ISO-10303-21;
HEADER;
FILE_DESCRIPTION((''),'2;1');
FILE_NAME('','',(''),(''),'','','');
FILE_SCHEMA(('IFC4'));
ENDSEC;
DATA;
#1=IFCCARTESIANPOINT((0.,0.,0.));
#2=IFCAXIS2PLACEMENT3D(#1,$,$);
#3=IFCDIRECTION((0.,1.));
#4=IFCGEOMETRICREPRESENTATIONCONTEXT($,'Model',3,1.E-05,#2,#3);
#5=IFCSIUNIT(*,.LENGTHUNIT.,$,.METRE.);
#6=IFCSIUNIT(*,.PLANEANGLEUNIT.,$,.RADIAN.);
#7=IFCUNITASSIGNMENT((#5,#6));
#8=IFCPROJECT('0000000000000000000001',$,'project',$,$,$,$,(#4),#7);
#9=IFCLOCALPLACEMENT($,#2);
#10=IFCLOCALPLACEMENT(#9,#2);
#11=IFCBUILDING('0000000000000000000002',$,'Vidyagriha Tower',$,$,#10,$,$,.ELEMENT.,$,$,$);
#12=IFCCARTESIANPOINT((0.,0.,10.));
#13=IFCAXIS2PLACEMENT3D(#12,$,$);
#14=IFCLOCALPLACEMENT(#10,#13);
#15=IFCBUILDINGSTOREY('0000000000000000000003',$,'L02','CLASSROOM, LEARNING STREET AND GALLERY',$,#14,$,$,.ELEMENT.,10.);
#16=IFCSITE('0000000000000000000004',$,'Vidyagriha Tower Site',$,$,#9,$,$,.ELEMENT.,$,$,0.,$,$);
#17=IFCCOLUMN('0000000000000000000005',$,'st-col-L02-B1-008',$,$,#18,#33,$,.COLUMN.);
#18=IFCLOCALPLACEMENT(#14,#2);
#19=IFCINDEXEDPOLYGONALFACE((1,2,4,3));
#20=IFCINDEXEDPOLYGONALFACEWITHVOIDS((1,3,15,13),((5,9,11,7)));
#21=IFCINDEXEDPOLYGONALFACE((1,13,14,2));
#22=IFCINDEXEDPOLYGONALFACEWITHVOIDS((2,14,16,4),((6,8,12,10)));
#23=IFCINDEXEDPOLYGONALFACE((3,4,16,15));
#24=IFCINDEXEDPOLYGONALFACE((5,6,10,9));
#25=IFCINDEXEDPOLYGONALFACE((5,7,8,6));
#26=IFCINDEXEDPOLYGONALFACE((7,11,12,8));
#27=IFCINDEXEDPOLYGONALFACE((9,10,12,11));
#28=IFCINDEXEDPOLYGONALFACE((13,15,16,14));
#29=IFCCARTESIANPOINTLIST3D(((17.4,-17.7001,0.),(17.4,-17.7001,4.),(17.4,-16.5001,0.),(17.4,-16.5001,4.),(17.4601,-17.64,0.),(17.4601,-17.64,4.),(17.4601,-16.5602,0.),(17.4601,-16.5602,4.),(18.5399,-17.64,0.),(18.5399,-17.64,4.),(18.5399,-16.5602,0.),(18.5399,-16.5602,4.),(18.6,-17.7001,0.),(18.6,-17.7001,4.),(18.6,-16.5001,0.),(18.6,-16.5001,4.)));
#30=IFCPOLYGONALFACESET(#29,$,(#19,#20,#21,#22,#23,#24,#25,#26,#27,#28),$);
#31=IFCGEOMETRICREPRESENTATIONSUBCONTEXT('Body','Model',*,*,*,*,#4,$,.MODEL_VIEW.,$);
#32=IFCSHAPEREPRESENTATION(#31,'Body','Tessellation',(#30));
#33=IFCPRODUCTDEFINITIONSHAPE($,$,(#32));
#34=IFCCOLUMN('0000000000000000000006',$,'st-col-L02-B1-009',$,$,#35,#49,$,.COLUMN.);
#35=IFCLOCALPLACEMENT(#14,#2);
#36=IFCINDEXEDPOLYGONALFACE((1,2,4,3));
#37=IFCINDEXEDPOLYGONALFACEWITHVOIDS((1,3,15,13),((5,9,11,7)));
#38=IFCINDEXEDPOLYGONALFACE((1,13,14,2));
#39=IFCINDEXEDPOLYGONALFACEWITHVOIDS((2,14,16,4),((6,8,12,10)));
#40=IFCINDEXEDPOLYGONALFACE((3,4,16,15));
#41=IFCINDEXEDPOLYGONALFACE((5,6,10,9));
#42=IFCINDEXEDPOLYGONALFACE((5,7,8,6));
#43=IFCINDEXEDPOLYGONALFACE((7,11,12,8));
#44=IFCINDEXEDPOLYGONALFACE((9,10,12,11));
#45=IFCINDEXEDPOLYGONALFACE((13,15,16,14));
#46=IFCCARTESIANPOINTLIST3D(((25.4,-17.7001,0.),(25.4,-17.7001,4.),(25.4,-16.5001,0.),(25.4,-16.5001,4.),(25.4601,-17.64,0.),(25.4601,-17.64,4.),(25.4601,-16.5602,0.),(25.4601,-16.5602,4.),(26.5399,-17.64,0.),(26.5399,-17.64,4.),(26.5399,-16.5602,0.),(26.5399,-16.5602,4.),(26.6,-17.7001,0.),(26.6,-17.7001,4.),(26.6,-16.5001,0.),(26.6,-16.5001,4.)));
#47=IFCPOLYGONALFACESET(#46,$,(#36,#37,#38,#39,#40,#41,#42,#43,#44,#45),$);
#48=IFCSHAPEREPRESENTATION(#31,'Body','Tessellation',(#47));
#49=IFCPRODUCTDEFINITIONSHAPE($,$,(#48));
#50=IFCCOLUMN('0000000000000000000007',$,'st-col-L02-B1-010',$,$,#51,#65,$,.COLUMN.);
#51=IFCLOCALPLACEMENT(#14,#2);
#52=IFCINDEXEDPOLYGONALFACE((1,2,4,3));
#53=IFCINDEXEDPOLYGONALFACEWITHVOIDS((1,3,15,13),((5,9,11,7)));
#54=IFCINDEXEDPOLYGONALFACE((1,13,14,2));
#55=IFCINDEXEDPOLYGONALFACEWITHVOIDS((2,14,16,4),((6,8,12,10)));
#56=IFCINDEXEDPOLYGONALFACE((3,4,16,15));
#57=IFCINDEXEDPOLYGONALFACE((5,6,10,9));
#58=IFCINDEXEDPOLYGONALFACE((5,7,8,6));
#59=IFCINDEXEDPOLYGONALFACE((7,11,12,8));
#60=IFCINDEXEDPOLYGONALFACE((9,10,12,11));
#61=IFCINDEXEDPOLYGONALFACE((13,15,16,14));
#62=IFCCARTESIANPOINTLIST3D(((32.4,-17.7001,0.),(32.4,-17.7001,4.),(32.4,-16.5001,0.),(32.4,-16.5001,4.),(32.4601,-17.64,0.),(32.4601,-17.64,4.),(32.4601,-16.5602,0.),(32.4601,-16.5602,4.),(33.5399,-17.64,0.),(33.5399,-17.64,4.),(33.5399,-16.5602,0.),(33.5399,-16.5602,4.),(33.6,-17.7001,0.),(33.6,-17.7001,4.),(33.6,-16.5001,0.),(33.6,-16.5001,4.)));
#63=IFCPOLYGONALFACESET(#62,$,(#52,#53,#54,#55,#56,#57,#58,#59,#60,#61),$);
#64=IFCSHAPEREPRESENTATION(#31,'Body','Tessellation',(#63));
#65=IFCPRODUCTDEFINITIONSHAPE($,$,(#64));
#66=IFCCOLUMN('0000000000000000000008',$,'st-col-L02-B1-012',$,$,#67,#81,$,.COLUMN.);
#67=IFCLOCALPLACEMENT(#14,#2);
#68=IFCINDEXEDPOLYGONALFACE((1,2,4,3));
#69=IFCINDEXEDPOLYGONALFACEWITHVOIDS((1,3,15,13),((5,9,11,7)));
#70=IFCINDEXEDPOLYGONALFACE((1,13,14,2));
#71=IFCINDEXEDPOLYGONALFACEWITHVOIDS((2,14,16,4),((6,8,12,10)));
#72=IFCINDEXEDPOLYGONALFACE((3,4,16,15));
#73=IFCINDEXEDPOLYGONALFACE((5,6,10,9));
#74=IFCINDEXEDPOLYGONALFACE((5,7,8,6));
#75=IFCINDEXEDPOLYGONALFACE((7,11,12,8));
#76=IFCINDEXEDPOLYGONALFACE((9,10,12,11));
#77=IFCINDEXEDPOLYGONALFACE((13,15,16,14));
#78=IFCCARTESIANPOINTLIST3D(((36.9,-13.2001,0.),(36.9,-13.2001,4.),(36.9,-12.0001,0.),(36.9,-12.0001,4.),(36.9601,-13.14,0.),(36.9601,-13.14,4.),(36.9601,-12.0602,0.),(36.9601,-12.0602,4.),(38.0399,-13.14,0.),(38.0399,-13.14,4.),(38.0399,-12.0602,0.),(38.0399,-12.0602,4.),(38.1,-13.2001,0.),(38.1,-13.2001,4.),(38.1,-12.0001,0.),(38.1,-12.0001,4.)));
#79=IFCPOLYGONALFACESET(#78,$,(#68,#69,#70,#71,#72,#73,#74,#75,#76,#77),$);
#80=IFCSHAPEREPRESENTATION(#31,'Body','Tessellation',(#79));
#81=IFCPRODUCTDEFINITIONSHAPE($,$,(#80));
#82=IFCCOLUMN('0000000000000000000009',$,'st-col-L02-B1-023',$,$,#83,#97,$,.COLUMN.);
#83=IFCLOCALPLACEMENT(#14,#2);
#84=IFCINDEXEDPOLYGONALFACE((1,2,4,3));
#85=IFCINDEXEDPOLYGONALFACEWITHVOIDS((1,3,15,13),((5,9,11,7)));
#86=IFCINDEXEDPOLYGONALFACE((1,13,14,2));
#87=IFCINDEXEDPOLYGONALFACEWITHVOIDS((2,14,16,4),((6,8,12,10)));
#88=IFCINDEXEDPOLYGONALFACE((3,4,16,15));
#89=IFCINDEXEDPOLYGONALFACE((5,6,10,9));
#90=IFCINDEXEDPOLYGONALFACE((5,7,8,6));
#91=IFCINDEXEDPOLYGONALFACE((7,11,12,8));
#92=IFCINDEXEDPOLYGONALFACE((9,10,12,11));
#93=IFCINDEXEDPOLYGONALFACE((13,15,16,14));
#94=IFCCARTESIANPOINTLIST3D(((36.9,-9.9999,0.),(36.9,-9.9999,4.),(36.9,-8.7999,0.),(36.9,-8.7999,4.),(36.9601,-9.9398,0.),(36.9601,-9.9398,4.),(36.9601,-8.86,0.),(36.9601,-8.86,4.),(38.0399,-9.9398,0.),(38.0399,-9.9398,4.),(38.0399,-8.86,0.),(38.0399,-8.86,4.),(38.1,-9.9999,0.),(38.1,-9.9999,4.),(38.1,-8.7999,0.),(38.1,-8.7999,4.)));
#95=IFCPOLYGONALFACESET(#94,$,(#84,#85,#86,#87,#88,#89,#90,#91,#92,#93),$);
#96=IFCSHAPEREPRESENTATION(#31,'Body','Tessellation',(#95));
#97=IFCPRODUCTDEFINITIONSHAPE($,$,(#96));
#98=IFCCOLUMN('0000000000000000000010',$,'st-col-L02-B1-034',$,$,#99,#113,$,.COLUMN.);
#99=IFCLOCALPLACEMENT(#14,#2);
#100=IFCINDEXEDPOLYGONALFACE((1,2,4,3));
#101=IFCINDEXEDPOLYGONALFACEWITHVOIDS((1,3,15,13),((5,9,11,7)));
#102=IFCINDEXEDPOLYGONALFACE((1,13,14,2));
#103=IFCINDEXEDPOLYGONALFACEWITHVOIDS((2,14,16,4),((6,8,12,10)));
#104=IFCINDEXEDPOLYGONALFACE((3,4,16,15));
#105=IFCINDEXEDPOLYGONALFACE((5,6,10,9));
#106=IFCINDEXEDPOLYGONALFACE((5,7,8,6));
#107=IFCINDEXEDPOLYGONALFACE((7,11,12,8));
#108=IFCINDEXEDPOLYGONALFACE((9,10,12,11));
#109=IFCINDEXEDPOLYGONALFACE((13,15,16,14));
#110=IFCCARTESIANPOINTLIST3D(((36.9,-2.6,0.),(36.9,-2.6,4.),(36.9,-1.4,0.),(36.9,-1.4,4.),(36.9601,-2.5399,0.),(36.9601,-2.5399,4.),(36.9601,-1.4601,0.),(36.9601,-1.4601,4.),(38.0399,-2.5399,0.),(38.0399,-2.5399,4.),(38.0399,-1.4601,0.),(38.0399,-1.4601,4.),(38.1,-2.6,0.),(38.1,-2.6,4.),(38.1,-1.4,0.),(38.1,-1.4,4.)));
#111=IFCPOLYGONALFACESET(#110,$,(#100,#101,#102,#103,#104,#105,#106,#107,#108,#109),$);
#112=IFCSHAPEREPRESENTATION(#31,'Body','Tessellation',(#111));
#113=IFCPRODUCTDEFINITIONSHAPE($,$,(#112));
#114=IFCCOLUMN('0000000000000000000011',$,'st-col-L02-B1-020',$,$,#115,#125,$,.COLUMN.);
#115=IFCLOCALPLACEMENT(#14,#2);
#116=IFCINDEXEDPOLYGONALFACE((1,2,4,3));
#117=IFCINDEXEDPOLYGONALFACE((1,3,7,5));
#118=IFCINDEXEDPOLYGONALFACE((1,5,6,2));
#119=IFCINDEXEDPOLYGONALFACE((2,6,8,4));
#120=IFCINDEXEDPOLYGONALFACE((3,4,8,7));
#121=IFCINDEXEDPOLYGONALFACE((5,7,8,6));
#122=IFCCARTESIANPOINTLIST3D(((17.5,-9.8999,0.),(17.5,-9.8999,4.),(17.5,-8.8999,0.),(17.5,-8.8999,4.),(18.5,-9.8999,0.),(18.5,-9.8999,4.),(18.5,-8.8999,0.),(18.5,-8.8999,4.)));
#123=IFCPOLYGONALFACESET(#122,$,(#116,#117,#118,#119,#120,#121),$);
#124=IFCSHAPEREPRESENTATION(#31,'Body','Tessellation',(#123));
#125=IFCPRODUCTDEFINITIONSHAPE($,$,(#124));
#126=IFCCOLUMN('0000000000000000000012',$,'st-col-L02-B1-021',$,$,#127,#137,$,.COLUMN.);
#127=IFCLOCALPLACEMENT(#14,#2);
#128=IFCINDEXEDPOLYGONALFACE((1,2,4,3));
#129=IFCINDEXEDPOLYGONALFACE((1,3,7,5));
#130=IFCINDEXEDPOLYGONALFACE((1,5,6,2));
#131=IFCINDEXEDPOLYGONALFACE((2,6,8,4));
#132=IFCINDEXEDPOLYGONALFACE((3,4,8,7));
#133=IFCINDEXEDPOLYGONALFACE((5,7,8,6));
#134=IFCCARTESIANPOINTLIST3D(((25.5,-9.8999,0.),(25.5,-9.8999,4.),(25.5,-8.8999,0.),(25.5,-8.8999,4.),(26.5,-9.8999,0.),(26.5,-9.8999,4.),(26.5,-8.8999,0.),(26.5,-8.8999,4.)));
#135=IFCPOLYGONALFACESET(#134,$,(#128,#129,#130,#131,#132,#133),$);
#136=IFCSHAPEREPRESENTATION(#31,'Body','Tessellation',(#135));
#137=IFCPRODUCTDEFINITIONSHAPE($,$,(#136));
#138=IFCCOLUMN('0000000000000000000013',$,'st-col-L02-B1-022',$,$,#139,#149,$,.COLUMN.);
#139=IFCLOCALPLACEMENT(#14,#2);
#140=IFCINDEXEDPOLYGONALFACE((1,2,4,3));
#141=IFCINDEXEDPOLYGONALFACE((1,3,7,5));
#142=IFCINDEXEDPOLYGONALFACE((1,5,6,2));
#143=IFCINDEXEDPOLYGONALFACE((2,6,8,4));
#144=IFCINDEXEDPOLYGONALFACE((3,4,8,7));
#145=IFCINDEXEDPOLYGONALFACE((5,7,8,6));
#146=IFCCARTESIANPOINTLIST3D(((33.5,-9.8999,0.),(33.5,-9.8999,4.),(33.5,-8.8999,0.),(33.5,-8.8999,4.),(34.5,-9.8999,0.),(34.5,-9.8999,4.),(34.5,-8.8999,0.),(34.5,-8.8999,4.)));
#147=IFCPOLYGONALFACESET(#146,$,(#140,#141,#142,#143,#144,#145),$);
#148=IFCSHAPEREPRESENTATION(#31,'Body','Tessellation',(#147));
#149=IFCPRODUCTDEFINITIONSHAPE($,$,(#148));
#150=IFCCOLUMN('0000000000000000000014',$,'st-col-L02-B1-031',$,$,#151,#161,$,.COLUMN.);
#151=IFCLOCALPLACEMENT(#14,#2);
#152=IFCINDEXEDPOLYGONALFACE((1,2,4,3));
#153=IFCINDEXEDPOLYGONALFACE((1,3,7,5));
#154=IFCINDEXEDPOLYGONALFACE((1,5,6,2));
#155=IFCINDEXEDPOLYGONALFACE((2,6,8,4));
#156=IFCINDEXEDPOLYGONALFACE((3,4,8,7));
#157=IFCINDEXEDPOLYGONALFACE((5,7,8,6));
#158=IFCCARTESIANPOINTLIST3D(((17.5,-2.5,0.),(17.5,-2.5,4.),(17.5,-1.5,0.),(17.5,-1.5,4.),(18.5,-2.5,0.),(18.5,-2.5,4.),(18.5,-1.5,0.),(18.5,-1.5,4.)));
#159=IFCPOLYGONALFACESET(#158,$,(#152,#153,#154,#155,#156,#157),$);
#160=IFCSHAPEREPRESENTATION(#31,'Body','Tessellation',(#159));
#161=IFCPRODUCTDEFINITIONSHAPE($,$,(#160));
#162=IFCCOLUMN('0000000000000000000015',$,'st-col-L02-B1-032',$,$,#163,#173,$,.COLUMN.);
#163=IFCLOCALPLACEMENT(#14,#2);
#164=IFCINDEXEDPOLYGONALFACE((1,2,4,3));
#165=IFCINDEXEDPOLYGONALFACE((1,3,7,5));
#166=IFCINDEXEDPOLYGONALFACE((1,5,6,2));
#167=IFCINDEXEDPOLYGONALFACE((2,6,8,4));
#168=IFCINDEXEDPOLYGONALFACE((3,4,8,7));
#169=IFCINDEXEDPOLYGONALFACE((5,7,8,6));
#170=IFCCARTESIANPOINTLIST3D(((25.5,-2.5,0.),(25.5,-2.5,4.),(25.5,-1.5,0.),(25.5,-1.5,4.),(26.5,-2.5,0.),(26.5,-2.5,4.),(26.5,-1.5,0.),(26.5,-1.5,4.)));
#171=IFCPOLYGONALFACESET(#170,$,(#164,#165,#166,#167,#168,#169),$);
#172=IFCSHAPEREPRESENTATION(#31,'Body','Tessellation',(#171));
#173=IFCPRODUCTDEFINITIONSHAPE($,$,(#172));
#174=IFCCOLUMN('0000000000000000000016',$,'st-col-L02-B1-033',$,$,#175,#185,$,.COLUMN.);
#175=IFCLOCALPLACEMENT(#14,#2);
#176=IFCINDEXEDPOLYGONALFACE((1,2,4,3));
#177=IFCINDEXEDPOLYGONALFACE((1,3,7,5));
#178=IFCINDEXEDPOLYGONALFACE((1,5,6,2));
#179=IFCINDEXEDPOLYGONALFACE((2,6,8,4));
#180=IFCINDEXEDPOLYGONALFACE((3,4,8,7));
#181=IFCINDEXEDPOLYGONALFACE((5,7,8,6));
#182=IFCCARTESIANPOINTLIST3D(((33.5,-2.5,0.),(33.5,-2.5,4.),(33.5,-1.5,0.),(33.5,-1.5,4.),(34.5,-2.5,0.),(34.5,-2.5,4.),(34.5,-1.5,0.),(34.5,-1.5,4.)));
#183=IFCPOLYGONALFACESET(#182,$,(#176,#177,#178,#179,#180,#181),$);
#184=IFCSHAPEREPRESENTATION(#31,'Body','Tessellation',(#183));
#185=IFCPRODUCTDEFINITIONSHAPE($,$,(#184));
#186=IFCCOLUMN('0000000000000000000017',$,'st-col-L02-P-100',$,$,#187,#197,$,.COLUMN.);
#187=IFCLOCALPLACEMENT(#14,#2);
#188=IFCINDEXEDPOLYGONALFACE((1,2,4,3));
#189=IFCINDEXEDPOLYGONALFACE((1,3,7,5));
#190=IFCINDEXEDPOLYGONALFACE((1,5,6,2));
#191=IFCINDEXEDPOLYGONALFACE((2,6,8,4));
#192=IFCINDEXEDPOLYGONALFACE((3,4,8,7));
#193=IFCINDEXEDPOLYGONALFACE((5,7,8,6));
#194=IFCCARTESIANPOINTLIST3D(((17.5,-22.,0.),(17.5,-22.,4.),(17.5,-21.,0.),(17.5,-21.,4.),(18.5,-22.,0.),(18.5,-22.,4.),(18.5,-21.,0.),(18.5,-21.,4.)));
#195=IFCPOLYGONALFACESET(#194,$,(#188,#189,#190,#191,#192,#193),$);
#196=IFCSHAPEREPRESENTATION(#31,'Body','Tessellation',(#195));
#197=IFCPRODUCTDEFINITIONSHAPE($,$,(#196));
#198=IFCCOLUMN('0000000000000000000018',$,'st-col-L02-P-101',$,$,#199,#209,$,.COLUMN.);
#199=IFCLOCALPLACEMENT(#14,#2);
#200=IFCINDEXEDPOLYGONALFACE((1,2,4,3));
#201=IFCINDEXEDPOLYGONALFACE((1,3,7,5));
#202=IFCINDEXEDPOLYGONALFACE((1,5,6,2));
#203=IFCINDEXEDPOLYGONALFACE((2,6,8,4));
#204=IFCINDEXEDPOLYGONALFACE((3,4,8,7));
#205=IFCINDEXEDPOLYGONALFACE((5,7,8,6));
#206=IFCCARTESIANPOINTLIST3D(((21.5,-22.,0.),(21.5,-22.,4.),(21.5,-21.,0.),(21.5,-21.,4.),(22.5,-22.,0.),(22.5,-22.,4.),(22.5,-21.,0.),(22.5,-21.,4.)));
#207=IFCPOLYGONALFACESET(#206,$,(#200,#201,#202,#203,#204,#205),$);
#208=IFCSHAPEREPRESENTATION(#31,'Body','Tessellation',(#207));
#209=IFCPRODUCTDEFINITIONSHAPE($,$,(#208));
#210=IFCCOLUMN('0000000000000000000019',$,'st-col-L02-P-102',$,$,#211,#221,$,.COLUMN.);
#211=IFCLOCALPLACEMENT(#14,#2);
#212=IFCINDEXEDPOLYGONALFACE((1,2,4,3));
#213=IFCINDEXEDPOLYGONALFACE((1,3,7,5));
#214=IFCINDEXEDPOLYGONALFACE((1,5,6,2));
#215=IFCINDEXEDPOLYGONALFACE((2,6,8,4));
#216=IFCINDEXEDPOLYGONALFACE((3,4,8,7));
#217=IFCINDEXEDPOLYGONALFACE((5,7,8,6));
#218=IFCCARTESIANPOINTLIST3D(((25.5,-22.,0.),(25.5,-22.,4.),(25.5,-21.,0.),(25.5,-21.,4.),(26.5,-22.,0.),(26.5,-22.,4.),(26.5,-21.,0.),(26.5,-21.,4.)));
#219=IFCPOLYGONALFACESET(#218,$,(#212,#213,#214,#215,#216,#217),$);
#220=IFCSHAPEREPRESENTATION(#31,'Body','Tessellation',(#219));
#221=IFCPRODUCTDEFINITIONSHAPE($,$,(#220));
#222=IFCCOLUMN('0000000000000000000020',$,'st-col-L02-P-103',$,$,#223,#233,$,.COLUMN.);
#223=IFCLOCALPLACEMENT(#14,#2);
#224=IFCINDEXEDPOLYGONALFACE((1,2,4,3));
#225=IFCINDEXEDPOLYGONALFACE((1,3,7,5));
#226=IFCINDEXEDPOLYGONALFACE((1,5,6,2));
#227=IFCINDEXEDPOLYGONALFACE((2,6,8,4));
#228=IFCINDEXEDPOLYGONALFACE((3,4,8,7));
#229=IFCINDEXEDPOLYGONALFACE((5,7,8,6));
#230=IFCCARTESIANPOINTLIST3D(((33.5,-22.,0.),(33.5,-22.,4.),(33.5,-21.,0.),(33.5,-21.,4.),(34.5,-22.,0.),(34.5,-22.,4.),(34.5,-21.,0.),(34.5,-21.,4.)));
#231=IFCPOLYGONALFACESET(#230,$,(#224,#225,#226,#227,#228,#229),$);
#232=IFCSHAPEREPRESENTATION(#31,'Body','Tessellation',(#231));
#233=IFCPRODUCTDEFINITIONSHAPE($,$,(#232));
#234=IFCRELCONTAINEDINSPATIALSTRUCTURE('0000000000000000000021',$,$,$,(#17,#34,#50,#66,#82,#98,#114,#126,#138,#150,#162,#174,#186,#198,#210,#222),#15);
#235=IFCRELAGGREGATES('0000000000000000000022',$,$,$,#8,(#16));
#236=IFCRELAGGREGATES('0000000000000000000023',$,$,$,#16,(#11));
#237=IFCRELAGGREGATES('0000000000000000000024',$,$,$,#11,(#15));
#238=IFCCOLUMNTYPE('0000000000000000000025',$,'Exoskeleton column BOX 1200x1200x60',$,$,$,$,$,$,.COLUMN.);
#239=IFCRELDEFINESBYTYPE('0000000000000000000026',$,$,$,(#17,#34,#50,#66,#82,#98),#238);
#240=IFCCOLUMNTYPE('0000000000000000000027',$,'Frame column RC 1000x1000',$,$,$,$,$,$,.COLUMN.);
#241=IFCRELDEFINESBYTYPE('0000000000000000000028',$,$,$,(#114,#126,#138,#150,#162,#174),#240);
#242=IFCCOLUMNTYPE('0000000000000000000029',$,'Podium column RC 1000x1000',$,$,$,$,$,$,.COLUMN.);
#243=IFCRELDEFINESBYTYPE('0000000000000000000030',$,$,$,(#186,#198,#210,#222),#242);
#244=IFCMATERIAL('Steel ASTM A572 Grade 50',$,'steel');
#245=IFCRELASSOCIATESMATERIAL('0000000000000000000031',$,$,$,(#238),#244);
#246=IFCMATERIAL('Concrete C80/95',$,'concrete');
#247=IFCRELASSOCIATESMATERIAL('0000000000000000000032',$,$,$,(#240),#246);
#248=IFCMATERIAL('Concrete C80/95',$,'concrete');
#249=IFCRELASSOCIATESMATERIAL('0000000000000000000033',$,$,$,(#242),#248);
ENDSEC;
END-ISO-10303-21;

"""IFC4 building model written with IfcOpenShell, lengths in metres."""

from ifc_helpers import new_model, si_unit, direction, frame, origin, origin_2d, place, context, subcontext, project, spatial, rectangle, hollow_rectangle, extrude, material, material_profile, profile_set, type_object, element, save


model = new_model("IFC4")

# Units and contexts
model_context = context("Model", 3, precision=1e-05, world=origin(), true_north=direction((0.0, 1.0)))
body_context = subcontext(model_context, "Body", "Model", "MODEL_VIEW")
ifc_project = project(units=[si_unit("LENGTHUNIT", "METRE"), si_unit("PLANEANGLEUNIT", "RADIAN")], contexts=[model_context])

# Site, building, storey
site_placement = place(None, origin())
site = spatial("IfcSite", under=ifc_project, at=site_placement, Name="Vidyagriha Tower Site", CompositionType="ELEMENT", RefElevation=0.0)
building_placement = place(site_placement, origin())
building = spatial("IfcBuilding", under=site, at=building_placement, Name="Vidyagriha Tower", CompositionType="ELEMENT")
storey_placement = place(building_placement, frame((0.0, 0.0, 10.0)))
storey = spatial("IfcBuildingStorey", under=building, at=storey_placement, Name="L02", Description="CLASSROOM, LEARNING STREET AND GALLERY", CompositionType="ELEMENT", Elevation=10.0)

# Columns
ifc_material_1 = material(Name="Steel ASTM A572 Grade 50", Category="steel")
ifc_material_profile_1 = material_profile(ifc_material_1, hollow_rectangle(XDim=1.2, YDim=1.2, WallThickness=0.0601, at=origin_2d()), Name="BOX 1200x1200x60")
ifc_profile_set_1 = profile_set([ifc_material_profile_1], Name="Steel ASTM A572 Grade 50")
column_type_1 = type_object("IfcColumnType", Name="Exoskeleton column BOX 1200x1200x60", PredefinedType="COLUMN", material=ifc_profile_set_1)
for number, where, name in (
    (1, (18.0, -17.1001, 0.0), "st-col-L02-B1-008"),
    (2, (26.0, -17.1001, 0.0), "st-col-L02-B1-009"),
    (3, (33.0, -17.1001, 0.0), "st-col-L02-B1-010"),
    (4, (37.5, -12.6001, 0.0), "st-col-L02-B1-012"),
    (5, (37.5, -9.3999, 0.0), "st-col-L02-B1-023"),
    (6, (37.5, -2.0, 0.0), "st-col-L02-B1-034"),
):
    element("IfcColumn", number, at=place(storey_placement, frame(where)), inside=storey, type_object=column_type_1, Name=name, PredefinedType="COLUMN", context=body_context, shape_type="SweptSolid", body=[
        extrude(hollow_rectangle(XDim=1.2, YDim=1.2, WallThickness=0.0601, at=origin_2d()), origin(), (0.0, 0.0, 1.0), 4.0),
    ])
ifc_material_2 = material(Name="Concrete C80/95", Category="concrete")
ifc_material_profile_2 = material_profile(ifc_material_2, rectangle(XDim=1.0, YDim=1.0, at=origin_2d()), Name="RC 1000x1000")
ifc_profile_set_2 = profile_set([ifc_material_profile_2], Name="Concrete C80/95")
column_type_2 = type_object("IfcColumnType", Name="Frame column RC 1000x1000", PredefinedType="COLUMN", material=ifc_profile_set_2)
for number, where, name in (
    (7, (18.0, -9.3999, 0.0), "st-col-L02-B1-020"),
    (8, (26.0, -9.3999, 0.0), "st-col-L02-B1-021"),
    (9, (34.0, -9.3999, 0.0), "st-col-L02-B1-022"),
    (10, (18.0, -2.0, 0.0), "st-col-L02-B1-031"),
    (11, (26.0, -2.0, 0.0), "st-col-L02-B1-032"),
    (12, (34.0, -2.0, 0.0), "st-col-L02-B1-033"),
):
    element("IfcColumn", number, at=place(storey_placement, frame(where)), inside=storey, type_object=column_type_2, Name=name, PredefinedType="COLUMN", context=body_context, shape_type="SweptSolid", body=[
        extrude(rectangle(XDim=1.0, YDim=1.0, at=origin_2d()), origin(), (0.0, 0.0, 1.0), 4.0),
    ])
ifc_material_3 = material(Name="Concrete C80/95", Category="concrete")
ifc_material_profile_3 = material_profile(ifc_material_3, rectangle(XDim=1.0, YDim=1.0, at=origin_2d()), Name="RC 1000x1000")
ifc_profile_set_3 = profile_set([ifc_material_profile_3], Name="Concrete C80/95")
column_type_3 = type_object("IfcColumnType", Name="Podium column RC 1000x1000", PredefinedType="COLUMN", material=ifc_profile_set_3)
for number, where, name in (
    (13, (18.0, -21.5, 0.0), "st-col-L02-P-100"),
    (14, (22.0, -21.5, 0.0), "st-col-L02-P-101"),
    (15, (26.0, -21.5, 0.0), "st-col-L02-P-102"),
    (16, (34.0, -21.5, 0.0), "st-col-L02-P-103"),
):
    element("IfcColumn", number, at=place(storey_placement, frame(where)), inside=storey, type_object=column_type_3, Name=name, PredefinedType="COLUMN", context=body_context, shape_type="SweptSolid", body=[
        extrude(rectangle(XDim=1.0, YDim=1.0, at=origin_2d()), origin(), (0.0, 0.0, 1.0), 4.0),
    ])

save(model, "model.ifc")
